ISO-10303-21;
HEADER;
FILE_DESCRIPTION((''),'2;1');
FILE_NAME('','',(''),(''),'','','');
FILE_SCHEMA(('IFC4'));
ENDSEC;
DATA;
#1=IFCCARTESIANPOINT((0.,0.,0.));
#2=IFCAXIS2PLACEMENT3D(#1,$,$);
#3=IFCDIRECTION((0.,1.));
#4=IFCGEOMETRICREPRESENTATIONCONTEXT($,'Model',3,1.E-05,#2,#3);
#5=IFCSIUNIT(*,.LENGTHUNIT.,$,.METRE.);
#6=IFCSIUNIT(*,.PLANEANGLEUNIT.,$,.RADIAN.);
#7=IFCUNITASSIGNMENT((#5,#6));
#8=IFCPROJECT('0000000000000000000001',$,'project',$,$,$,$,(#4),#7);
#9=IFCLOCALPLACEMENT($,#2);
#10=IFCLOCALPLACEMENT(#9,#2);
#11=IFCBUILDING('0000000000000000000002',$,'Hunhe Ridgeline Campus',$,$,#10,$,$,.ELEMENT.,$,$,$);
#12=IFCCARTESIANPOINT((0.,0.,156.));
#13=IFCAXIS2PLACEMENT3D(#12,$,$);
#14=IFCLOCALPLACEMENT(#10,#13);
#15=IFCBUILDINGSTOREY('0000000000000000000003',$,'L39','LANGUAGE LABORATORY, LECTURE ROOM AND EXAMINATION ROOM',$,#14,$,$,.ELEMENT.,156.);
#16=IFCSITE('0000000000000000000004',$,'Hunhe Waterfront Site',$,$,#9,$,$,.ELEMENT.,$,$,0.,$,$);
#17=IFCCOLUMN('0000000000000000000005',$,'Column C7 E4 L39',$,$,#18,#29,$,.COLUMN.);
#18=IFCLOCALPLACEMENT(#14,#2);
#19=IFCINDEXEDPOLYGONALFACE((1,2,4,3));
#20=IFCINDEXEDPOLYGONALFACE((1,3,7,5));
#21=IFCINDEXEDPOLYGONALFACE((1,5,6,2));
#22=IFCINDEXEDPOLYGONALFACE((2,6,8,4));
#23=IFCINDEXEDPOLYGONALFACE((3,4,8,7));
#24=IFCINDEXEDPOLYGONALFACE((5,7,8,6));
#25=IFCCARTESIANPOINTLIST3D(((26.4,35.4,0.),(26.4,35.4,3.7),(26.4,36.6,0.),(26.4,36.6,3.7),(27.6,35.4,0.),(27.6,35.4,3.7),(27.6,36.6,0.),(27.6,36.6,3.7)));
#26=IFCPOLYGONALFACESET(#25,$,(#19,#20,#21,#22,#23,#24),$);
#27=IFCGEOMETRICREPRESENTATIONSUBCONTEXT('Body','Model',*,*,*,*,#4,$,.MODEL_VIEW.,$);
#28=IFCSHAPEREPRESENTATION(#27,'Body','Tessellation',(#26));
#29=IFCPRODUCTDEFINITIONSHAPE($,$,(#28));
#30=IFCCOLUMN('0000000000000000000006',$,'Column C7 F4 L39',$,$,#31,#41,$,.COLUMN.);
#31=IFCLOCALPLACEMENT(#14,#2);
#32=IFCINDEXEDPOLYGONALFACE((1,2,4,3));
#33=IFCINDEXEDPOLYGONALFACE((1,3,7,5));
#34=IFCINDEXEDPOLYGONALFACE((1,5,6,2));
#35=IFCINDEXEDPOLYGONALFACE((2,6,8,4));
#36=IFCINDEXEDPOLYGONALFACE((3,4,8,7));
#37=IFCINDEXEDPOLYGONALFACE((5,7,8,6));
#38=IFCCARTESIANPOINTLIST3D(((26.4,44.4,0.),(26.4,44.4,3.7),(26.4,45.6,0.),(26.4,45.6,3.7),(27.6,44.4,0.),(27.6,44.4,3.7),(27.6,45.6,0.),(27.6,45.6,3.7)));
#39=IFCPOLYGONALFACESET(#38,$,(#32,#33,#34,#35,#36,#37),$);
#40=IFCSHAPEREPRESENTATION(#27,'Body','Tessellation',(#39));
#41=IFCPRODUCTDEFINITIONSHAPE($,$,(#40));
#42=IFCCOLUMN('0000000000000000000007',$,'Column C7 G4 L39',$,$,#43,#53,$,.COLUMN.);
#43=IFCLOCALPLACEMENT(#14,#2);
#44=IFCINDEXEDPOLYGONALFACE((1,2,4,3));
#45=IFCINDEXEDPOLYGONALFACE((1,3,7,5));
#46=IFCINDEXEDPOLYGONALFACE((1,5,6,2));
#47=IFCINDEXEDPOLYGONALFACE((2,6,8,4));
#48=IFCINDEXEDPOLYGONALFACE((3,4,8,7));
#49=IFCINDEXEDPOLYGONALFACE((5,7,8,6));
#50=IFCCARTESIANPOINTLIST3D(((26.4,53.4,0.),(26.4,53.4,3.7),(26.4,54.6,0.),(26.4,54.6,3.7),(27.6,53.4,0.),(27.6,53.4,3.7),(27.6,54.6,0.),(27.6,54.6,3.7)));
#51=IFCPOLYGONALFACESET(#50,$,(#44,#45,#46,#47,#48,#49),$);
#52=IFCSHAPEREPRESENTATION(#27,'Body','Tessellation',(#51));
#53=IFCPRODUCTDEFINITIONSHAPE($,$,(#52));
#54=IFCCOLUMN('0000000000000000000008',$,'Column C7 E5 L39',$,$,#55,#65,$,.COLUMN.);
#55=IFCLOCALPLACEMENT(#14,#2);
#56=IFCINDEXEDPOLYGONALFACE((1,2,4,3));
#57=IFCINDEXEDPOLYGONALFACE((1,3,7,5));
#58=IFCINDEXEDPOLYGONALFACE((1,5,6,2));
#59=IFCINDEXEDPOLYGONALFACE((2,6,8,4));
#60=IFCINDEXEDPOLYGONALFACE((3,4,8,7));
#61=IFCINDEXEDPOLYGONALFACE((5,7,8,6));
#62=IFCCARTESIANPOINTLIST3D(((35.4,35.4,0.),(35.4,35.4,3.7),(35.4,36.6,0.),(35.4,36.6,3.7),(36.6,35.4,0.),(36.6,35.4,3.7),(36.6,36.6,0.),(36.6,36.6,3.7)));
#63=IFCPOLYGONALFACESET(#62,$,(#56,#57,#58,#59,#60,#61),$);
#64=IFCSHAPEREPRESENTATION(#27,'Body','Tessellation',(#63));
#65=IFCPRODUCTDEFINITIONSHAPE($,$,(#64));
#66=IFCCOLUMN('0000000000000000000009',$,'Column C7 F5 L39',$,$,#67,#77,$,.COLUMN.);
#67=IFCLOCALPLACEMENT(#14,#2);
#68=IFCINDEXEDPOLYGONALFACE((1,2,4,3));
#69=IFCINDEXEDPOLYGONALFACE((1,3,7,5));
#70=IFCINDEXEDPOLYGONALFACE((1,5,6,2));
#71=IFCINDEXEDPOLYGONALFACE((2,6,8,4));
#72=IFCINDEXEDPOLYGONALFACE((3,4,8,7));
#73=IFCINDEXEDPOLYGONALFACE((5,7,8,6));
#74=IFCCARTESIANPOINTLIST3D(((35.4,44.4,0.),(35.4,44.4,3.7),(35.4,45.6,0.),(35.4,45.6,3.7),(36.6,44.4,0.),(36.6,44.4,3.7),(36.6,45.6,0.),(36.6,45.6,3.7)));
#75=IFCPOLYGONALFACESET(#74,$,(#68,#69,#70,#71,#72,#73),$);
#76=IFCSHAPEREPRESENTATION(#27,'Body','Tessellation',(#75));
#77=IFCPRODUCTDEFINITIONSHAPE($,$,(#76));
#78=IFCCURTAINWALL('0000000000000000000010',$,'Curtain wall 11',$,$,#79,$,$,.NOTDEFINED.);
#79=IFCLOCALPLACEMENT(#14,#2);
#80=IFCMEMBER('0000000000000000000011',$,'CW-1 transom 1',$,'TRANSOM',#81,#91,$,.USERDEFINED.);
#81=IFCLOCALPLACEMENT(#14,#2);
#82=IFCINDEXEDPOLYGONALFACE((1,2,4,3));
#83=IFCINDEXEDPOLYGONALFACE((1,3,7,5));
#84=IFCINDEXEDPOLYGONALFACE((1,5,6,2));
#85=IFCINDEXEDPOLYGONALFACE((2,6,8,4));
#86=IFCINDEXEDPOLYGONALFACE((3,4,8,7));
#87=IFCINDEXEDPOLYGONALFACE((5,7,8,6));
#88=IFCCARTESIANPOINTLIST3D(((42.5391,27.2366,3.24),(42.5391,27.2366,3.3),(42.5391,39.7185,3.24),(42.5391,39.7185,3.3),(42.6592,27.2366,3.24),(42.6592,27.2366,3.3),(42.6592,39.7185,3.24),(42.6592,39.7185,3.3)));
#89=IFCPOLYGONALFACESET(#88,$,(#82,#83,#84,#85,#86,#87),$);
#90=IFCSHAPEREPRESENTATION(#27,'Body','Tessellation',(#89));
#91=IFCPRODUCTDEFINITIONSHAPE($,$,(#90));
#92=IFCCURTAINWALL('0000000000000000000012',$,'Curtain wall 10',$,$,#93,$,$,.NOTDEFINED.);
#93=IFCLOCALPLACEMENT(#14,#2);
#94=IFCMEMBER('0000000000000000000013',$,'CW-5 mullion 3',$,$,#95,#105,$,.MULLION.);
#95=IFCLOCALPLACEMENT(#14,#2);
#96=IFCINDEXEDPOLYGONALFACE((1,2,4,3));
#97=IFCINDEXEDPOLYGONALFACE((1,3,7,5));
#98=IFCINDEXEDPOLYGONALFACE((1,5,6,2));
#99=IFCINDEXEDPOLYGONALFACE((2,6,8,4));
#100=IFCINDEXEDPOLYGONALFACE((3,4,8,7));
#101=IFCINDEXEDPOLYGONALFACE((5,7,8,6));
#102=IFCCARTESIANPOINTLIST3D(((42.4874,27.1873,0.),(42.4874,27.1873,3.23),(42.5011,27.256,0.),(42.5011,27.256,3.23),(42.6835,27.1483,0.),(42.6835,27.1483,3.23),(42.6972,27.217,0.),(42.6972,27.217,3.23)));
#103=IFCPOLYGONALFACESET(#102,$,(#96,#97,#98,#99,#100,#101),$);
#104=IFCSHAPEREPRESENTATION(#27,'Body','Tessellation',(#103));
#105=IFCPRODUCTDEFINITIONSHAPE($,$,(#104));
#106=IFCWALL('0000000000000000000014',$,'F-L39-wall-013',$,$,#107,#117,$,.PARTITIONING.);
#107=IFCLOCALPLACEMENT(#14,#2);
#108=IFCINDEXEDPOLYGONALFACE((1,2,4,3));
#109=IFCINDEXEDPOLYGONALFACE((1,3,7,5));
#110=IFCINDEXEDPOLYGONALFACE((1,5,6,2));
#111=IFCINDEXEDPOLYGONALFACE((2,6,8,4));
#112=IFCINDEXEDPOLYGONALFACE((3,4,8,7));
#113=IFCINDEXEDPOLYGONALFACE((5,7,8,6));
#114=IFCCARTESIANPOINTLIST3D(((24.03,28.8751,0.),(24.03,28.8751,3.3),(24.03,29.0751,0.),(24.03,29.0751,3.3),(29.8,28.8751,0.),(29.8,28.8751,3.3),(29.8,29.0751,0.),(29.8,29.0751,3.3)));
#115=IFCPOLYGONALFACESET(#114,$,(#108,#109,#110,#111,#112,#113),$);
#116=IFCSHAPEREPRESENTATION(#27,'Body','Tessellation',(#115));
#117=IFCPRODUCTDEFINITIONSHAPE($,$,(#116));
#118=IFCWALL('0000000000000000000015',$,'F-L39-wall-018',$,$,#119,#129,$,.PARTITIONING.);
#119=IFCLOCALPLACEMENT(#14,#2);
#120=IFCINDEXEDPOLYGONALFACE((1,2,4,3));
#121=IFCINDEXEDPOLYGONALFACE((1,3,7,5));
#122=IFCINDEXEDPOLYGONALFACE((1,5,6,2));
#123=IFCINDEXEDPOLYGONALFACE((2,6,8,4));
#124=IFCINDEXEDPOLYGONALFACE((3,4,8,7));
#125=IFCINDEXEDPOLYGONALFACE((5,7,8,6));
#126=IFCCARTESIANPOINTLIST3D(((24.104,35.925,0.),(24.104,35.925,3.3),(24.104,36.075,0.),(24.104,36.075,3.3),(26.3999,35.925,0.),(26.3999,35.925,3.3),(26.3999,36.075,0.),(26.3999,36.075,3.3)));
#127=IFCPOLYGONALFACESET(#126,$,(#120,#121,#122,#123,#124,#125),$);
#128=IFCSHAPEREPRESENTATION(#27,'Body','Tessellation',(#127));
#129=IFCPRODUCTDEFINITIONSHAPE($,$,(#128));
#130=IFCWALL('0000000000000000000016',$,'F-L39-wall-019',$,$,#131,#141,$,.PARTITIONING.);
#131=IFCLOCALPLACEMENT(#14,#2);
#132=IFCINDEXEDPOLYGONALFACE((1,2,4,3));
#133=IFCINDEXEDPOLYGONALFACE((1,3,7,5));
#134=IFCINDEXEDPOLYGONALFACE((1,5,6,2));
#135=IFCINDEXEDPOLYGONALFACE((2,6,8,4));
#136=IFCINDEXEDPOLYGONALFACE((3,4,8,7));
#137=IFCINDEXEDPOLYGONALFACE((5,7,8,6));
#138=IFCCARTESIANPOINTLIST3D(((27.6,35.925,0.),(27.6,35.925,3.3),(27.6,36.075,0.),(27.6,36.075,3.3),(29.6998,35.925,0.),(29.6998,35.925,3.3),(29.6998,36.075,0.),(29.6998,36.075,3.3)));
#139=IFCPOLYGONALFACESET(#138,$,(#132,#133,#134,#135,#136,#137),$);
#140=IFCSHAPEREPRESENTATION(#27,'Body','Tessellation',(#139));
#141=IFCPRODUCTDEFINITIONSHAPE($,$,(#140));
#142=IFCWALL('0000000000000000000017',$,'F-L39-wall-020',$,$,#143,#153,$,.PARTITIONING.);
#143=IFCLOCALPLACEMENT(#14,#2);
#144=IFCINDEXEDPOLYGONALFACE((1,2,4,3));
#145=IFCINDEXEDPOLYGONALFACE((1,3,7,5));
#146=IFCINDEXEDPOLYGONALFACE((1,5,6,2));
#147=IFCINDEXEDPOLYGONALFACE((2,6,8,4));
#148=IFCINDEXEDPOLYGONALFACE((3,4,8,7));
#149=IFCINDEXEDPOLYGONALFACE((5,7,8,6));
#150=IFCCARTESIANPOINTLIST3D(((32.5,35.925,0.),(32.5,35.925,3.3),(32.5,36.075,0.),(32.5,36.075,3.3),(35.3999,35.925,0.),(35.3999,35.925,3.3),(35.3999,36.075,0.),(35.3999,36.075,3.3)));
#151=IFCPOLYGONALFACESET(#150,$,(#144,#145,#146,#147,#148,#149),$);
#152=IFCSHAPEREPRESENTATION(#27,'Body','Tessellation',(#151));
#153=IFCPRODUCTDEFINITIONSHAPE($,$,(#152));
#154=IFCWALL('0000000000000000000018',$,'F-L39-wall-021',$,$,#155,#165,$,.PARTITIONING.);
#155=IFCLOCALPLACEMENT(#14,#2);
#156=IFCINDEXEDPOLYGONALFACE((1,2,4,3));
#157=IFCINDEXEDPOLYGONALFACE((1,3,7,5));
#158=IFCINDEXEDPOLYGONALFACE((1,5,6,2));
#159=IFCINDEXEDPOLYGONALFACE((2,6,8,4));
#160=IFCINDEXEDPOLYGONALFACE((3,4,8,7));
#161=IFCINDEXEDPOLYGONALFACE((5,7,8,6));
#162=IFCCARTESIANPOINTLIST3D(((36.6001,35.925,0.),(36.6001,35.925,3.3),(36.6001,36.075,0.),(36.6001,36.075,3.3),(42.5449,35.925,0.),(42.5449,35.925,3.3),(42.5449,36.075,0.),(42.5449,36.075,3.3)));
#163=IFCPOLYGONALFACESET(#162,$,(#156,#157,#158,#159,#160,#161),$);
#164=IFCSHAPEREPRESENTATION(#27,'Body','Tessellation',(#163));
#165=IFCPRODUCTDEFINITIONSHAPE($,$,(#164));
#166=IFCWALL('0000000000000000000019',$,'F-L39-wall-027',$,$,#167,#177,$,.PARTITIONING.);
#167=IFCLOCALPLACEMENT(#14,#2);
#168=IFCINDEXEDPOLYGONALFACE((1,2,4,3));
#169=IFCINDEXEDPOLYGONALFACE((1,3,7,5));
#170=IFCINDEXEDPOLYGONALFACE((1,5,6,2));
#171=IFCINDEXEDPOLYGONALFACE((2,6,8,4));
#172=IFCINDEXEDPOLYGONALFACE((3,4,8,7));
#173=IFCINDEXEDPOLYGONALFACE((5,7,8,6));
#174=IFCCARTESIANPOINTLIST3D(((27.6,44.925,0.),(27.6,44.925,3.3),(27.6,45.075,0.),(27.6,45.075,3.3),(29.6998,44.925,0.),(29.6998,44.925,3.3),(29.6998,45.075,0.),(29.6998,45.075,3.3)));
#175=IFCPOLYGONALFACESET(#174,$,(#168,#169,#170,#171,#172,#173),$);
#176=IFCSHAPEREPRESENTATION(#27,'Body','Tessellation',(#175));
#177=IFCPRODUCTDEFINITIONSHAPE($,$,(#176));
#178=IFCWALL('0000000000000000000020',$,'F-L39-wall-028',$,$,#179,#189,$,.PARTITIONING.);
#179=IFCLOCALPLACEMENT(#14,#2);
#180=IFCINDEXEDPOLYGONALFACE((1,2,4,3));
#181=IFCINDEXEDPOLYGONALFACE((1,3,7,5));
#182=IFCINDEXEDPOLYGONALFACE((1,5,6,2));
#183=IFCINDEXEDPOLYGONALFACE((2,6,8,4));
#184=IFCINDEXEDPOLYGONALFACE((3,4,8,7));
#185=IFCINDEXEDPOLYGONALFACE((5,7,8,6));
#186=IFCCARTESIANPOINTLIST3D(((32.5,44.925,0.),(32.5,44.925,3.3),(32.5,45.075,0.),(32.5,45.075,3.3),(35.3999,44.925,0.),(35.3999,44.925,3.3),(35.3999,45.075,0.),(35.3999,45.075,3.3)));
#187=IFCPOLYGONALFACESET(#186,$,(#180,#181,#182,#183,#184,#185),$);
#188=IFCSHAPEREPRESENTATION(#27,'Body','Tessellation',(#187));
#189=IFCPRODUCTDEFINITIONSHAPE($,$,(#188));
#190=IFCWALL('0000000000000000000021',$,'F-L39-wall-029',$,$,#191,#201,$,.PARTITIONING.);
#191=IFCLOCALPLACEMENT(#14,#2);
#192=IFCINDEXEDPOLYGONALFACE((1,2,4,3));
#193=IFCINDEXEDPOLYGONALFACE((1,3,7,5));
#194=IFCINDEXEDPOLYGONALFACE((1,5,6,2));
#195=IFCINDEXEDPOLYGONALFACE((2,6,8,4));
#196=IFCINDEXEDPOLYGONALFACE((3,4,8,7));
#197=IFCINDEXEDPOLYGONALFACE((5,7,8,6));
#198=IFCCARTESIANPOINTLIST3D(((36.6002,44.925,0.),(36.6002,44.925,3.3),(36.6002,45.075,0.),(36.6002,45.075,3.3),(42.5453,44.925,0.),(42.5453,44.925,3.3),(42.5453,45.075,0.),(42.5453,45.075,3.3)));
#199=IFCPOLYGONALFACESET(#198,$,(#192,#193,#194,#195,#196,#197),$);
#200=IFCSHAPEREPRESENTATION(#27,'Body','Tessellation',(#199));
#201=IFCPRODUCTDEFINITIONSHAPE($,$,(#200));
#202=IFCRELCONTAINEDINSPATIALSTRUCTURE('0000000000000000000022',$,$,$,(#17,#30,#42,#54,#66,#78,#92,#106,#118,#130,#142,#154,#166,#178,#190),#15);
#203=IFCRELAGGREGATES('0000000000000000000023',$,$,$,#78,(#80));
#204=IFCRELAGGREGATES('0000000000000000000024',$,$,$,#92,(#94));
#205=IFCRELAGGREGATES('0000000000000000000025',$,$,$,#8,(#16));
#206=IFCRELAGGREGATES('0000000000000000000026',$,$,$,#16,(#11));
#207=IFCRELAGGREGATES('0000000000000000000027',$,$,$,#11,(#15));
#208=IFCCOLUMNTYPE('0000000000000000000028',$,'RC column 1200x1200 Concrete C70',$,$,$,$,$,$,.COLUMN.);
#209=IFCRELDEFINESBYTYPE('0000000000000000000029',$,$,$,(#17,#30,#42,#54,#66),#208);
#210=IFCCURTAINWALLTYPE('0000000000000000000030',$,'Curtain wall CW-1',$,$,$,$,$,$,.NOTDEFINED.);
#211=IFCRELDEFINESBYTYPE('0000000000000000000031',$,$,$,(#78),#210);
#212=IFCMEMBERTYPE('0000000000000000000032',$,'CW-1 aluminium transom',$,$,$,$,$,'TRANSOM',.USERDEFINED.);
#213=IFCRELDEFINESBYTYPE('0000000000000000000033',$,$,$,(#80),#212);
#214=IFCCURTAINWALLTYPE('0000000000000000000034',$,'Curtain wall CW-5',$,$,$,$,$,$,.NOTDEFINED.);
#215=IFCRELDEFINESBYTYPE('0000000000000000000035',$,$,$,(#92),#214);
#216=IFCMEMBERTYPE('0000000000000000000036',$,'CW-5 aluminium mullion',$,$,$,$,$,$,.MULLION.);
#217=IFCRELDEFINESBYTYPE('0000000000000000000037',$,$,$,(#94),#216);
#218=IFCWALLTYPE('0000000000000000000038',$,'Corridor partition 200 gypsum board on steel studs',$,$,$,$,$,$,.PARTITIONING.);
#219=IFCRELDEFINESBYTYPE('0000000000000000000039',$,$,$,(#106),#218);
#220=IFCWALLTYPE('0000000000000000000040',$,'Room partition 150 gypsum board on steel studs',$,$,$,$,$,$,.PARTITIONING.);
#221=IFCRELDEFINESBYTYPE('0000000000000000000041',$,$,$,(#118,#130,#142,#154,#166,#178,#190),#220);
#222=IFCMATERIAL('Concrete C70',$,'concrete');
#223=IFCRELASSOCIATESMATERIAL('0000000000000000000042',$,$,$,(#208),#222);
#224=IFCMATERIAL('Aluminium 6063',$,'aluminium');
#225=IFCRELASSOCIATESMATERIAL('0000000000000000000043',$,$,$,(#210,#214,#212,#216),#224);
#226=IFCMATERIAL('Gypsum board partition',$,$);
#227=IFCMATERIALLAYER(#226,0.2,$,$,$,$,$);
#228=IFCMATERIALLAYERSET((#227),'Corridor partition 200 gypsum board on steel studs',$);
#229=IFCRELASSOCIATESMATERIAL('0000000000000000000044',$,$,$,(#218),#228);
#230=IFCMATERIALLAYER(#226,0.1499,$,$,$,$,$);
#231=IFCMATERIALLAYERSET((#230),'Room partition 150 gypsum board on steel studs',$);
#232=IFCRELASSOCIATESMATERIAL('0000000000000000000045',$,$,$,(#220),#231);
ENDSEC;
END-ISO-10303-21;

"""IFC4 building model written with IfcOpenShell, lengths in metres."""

from ifc_helpers import new_model, si_unit, direction, frame, frame_2d, origin, origin_2d, place, context, subcontext, project, spatial, rectangle, extrude, material, layer, layer_set, material_profile, profile_set, type_object, element, aggregate, save


model = new_model("IFC4")

# Units and contexts
model_context = context("Model", 3, precision=1e-05, world=origin(), true_north=direction((0.0, 1.0)))
body_context = subcontext(model_context, "Body", "Model", "MODEL_VIEW")
ifc_project = project(units=[si_unit("LENGTHUNIT", "METRE"), si_unit("PLANEANGLEUNIT", "RADIAN")], contexts=[model_context])

# Site, building, storey
site_placement = place(None, origin())
site = spatial("IfcSite", under=ifc_project, at=site_placement, Name="Hunhe Waterfront Site", CompositionType="ELEMENT", RefElevation=0.0)
building_placement = place(site_placement, origin())
building = spatial("IfcBuilding", under=site, at=building_placement, Name="Hunhe Ridgeline Campus", CompositionType="ELEMENT")
storey_placement = place(building_placement, frame((0.0, 0.0, 156.0)))
storey = spatial("IfcBuildingStorey", under=building, at=storey_placement, Name="L39", Description="LANGUAGE LABORATORY, LECTURE ROOM AND EXAMINATION ROOM", CompositionType="ELEMENT", Elevation=156.0)

# Columns
ifc_material_1 = material(Name="Concrete C70", Category="concrete")
ifc_material_profile_1 = material_profile(ifc_material_1, rectangle(XDim=1.2, YDim=1.2, at=origin_2d()))
ifc_profile_set_1 = profile_set([ifc_material_profile_1], Name="Concrete C70")
column_type = type_object("IfcColumnType", Name="RC column 1200x1200 Concrete C70", PredefinedType="COLUMN", material=ifc_profile_set_1)
for number, where, z_axis, x_axis, name in (
    (1, (27.0, 36.0, 0.0), (0.0, 0.0, 1.0), (1.0, 0.0, 0.0), "Column C7 E4 L39"),
    (2, (27.0, 45.0, 0.0), (0.0, 0.0, 1.0), (1.0, 0.0, 0.0), "Column C7 F4 L39"),
    (3, (27.0, 54.0, 0.0), (0.0, 0.0, 1.0), (1.0, 0.0, 0.0), "Column C7 G4 L39"),
    (4, (36.0, 36.0, 0.0), (0.0, 0.0, 1.0), (1.0, 0.0, 0.0), "Column C7 E5 L39"),
    (5, (36.0, 45.0, 0.0), (0.0, 0.0, 1.0), (1.0, 0.0, 0.0), "Column C7 F5 L39"),
):
    element("IfcColumn", number, at=place(storey_placement, frame(where, z_axis=z_axis, x_axis=x_axis)), inside=storey, type_object=column_type, Name=name, PredefinedType="COLUMN", context=body_context, shape_type="SweptSolid", body=[
        extrude(rectangle(XDim=1.2, YDim=1.2, at=origin_2d()), origin(), (0.0, 0.0, 1.0), 3.7),
    ])

# Curtain walls, members
ifc_material_2 = material(Name="Aluminium 6063", Category="aluminium")
curtain_wall_type_1 = type_object("IfcCurtainWallType", Name="Curtain wall CW-1", PredefinedType="NOTDEFINED", material=ifc_material_2)
curtain_wall_1_placement = place(storey_placement, origin())
curtain_wall_1 = element("IfcCurtainWall", 6, at=curtain_wall_1_placement, inside=storey, type_object=curtain_wall_type_1, Name="Curtain wall 11", PredefinedType="NOTDEFINED")
ifc_material_profile_2 = material_profile(ifc_material_2, rectangle(XDim=0.1201, YDim=0.0601, at=origin_2d()))
ifc_profile_set_2 = profile_set([ifc_material_profile_2], Name="Aluminium 6063")
member_type_1 = type_object("IfcMemberType", Name="CW-1 aluminium transom", ElementType="TRANSOM", PredefinedType="USERDEFINED", material=ifc_profile_set_2)
member_1_placement = place(storey_placement, frame((42.5991, 27.2366, 3.27), z_axis=(0.0, 1.0, 0.0), x_axis=(-1.0, 0.0, 0.0)))
member_1 = element("IfcMember", 7, at=member_1_placement, type_object=member_type_1, Name="CW-1 transom 1", ObjectType="TRANSOM", PredefinedType="USERDEFINED", context=body_context, shape_type="SweptSolid", body=[
    extrude(rectangle(XDim=0.1201, YDim=0.0601, at=origin_2d()), origin(), (0.0, 0.0, 1.0), 12.4819),
])
aggregate(curtain_wall_1, [member_1])
curtain_wall_type_2 = type_object("IfcCurtainWallType", Name="Curtain wall CW-5", PredefinedType="NOTDEFINED", material=ifc_material_2)
curtain_wall_2_placement = place(storey_placement, origin())
curtain_wall_2 = element("IfcCurtainWall", 8, at=curtain_wall_2_placement, inside=storey, type_object=curtain_wall_type_2, Name="Curtain wall 10", PredefinedType="NOTDEFINED")
ifc_material_profile_3 = material_profile(ifc_material_2, rectangle(XDim=0.2, YDim=0.0701, at=origin_2d()))
ifc_profile_set_3 = profile_set([ifc_material_profile_3], Name="Aluminium 6063")
member_type_2 = type_object("IfcMemberType", Name="CW-5 aluminium mullion", PredefinedType="MULLION", material=ifc_profile_set_3)
member_2_placement = place(storey_placement, frame((42.5923, 27.2021, 0.0), z_axis=(0.0, 0.0, 1.0), x_axis=(-0.980785, 0.19509, 0.0)))
member_2 = element("IfcMember", 9, at=member_2_placement, type_object=member_type_2, Name="CW-5 mullion 3", PredefinedType="MULLION", context=body_context, shape_type="SweptSolid", body=[
    extrude(rectangle(XDim=0.2, YDim=0.0701, at=origin_2d()), origin(), (0.0, 0.0, 1.0), 3.23),
])
aggregate(curtain_wall_2, [member_2])

# Wall
ifc_material_3 = material(Name="Gypsum board partition")
ifc_layer_1 = layer(ifc_material_3, 0.2)
ifc_layer_set_1 = layer_set([ifc_layer_1], Name="Corridor partition 200 gypsum board on steel studs")
wall_type_1 = type_object("IfcWallType", Name="Corridor partition 200 gypsum board on steel studs", PredefinedType="PARTITIONING", material=ifc_layer_set_1)
wall_1_placement = place(storey_placement, frame((29.8, 28.9751, 0.0), z_axis=(0.0, 0.0, 1.0), x_axis=(-1.0, 0.0, 0.0)))
element("IfcWall", 10, at=wall_1_placement, inside=storey, type_object=wall_type_1, Name="F-L39-wall-013", PredefinedType="PARTITIONING", context=body_context, shape_type="SweptSolid", body=[
    extrude(rectangle(XDim=5.77, YDim=0.2, at=frame_2d((2.885, 0.0))), origin(), (0.0, 0.0, 1.0), 3.3),
])

# Walls
ifc_layer_2 = layer(ifc_material_3, 0.1499)
ifc_layer_set_2 = layer_set([ifc_layer_2], Name="Room partition 150 gypsum board on steel studs")
wall_type_2 = type_object("IfcWallType", Name="Room partition 150 gypsum board on steel studs", PredefinedType="PARTITIONING", material=ifc_layer_set_2)
wall_2_placement = place(storey_placement, frame((24.104, 36.0, 0.0), z_axis=(0.0, 0.0, 1.0), x_axis=(1.0, 0.0, 0.0)))
element("IfcWall", 11, at=wall_2_placement, inside=storey, type_object=wall_type_2, Name="F-L39-wall-018", PredefinedType="PARTITIONING", context=body_context, shape_type="SweptSolid", body=[
    extrude(rectangle(XDim=2.2959, YDim=0.1499, at=frame_2d((1.1479, 0.0))), origin(), (0.0, 0.0, 1.0), 3.3),
])
wall_3_placement = place(storey_placement, frame((27.6001, 36.0, 0.0), z_axis=(0.0, 0.0, 1.0), x_axis=(1.0, 0.0, 0.0)))
element("IfcWall", 12, at=wall_3_placement, inside=storey, type_object=wall_type_2, Name="F-L39-wall-019", PredefinedType="PARTITIONING", context=body_context, shape_type="SweptSolid", body=[
    extrude(rectangle(XDim=2.0999, YDim=0.1499, at=frame_2d((1.0498, 0.0))), origin(), (0.0, 0.0, 1.0), 3.3),
])
wall_4_placement = place(storey_placement, frame((32.5, 36.0, 0.0), z_axis=(0.0, 0.0, 1.0), x_axis=(1.0, 0.0, 0.0)))
element("IfcWall", 13, at=wall_4_placement, inside=storey, type_object=wall_type_2, Name="F-L39-wall-020", PredefinedType="PARTITIONING", context=body_context, shape_type="SweptSolid", body=[
    extrude(rectangle(XDim=2.8999, YDim=0.1499, at=frame_2d((1.45, 0.0))), origin(), (0.0, 0.0, 1.0), 3.3),
])
wall_5_placement = place(storey_placement, frame((36.6001, 36.0, 0.0), z_axis=(0.0, 0.0, 1.0), x_axis=(1.0, 0.0, 0.0)))
element("IfcWall", 14, at=wall_5_placement, inside=storey, type_object=wall_type_2, Name="F-L39-wall-021", PredefinedType="PARTITIONING", context=body_context, shape_type="SweptSolid", body=[
    extrude(rectangle(XDim=5.9448, YDim=0.1499, at=frame_2d((2.9724, 0.0))), origin(), (0.0, 0.0, 1.0), 3.3),
])
wall_6_placement = place(storey_placement, frame((27.6001, 45.0, 0.0), z_axis=(0.0, 0.0, 1.0), x_axis=(1.0, 0.0, 0.0)))
element("IfcWall", 15, at=wall_6_placement, inside=storey, type_object=wall_type_2, Name="F-L39-wall-027", PredefinedType="PARTITIONING", context=body_context, shape_type="SweptSolid", body=[
    extrude(rectangle(XDim=2.0999, YDim=0.1499, at=frame_2d((1.0498, 0.0))), origin(), (0.0, 0.0, 1.0), 3.3),
])
wall_7_placement = place(storey_placement, frame((32.5, 45.0, 0.0), z_axis=(0.0, 0.0, 1.0), x_axis=(1.0, 0.0, 0.0)))
element("IfcWall", 16, at=wall_7_placement, inside=storey, type_object=wall_type_2, Name="F-L39-wall-028", PredefinedType="PARTITIONING", context=body_context, shape_type="SweptSolid", body=[
    extrude(rectangle(XDim=2.8999, YDim=0.1499, at=frame_2d((1.45, 0.0))), origin(), (0.0, 0.0, 1.0), 3.3),
])
wall_8_placement = place(storey_placement, frame((36.6001, 45.0, 0.0), z_axis=(0.0, 0.0, 1.0), x_axis=(1.0, 0.0, 0.0)))
element("IfcWall", 17, at=wall_8_placement, inside=storey, type_object=wall_type_2, Name="F-L39-wall-029", PredefinedType="PARTITIONING", context=body_context, shape_type="SweptSolid", body=[
    extrude(rectangle(XDim=5.9451, YDim=0.1499, at=frame_2d((2.9727, 0.0))), origin(), (0.0, 0.0, 1.0), 3.3),
])

save(model, "model.ifc")
